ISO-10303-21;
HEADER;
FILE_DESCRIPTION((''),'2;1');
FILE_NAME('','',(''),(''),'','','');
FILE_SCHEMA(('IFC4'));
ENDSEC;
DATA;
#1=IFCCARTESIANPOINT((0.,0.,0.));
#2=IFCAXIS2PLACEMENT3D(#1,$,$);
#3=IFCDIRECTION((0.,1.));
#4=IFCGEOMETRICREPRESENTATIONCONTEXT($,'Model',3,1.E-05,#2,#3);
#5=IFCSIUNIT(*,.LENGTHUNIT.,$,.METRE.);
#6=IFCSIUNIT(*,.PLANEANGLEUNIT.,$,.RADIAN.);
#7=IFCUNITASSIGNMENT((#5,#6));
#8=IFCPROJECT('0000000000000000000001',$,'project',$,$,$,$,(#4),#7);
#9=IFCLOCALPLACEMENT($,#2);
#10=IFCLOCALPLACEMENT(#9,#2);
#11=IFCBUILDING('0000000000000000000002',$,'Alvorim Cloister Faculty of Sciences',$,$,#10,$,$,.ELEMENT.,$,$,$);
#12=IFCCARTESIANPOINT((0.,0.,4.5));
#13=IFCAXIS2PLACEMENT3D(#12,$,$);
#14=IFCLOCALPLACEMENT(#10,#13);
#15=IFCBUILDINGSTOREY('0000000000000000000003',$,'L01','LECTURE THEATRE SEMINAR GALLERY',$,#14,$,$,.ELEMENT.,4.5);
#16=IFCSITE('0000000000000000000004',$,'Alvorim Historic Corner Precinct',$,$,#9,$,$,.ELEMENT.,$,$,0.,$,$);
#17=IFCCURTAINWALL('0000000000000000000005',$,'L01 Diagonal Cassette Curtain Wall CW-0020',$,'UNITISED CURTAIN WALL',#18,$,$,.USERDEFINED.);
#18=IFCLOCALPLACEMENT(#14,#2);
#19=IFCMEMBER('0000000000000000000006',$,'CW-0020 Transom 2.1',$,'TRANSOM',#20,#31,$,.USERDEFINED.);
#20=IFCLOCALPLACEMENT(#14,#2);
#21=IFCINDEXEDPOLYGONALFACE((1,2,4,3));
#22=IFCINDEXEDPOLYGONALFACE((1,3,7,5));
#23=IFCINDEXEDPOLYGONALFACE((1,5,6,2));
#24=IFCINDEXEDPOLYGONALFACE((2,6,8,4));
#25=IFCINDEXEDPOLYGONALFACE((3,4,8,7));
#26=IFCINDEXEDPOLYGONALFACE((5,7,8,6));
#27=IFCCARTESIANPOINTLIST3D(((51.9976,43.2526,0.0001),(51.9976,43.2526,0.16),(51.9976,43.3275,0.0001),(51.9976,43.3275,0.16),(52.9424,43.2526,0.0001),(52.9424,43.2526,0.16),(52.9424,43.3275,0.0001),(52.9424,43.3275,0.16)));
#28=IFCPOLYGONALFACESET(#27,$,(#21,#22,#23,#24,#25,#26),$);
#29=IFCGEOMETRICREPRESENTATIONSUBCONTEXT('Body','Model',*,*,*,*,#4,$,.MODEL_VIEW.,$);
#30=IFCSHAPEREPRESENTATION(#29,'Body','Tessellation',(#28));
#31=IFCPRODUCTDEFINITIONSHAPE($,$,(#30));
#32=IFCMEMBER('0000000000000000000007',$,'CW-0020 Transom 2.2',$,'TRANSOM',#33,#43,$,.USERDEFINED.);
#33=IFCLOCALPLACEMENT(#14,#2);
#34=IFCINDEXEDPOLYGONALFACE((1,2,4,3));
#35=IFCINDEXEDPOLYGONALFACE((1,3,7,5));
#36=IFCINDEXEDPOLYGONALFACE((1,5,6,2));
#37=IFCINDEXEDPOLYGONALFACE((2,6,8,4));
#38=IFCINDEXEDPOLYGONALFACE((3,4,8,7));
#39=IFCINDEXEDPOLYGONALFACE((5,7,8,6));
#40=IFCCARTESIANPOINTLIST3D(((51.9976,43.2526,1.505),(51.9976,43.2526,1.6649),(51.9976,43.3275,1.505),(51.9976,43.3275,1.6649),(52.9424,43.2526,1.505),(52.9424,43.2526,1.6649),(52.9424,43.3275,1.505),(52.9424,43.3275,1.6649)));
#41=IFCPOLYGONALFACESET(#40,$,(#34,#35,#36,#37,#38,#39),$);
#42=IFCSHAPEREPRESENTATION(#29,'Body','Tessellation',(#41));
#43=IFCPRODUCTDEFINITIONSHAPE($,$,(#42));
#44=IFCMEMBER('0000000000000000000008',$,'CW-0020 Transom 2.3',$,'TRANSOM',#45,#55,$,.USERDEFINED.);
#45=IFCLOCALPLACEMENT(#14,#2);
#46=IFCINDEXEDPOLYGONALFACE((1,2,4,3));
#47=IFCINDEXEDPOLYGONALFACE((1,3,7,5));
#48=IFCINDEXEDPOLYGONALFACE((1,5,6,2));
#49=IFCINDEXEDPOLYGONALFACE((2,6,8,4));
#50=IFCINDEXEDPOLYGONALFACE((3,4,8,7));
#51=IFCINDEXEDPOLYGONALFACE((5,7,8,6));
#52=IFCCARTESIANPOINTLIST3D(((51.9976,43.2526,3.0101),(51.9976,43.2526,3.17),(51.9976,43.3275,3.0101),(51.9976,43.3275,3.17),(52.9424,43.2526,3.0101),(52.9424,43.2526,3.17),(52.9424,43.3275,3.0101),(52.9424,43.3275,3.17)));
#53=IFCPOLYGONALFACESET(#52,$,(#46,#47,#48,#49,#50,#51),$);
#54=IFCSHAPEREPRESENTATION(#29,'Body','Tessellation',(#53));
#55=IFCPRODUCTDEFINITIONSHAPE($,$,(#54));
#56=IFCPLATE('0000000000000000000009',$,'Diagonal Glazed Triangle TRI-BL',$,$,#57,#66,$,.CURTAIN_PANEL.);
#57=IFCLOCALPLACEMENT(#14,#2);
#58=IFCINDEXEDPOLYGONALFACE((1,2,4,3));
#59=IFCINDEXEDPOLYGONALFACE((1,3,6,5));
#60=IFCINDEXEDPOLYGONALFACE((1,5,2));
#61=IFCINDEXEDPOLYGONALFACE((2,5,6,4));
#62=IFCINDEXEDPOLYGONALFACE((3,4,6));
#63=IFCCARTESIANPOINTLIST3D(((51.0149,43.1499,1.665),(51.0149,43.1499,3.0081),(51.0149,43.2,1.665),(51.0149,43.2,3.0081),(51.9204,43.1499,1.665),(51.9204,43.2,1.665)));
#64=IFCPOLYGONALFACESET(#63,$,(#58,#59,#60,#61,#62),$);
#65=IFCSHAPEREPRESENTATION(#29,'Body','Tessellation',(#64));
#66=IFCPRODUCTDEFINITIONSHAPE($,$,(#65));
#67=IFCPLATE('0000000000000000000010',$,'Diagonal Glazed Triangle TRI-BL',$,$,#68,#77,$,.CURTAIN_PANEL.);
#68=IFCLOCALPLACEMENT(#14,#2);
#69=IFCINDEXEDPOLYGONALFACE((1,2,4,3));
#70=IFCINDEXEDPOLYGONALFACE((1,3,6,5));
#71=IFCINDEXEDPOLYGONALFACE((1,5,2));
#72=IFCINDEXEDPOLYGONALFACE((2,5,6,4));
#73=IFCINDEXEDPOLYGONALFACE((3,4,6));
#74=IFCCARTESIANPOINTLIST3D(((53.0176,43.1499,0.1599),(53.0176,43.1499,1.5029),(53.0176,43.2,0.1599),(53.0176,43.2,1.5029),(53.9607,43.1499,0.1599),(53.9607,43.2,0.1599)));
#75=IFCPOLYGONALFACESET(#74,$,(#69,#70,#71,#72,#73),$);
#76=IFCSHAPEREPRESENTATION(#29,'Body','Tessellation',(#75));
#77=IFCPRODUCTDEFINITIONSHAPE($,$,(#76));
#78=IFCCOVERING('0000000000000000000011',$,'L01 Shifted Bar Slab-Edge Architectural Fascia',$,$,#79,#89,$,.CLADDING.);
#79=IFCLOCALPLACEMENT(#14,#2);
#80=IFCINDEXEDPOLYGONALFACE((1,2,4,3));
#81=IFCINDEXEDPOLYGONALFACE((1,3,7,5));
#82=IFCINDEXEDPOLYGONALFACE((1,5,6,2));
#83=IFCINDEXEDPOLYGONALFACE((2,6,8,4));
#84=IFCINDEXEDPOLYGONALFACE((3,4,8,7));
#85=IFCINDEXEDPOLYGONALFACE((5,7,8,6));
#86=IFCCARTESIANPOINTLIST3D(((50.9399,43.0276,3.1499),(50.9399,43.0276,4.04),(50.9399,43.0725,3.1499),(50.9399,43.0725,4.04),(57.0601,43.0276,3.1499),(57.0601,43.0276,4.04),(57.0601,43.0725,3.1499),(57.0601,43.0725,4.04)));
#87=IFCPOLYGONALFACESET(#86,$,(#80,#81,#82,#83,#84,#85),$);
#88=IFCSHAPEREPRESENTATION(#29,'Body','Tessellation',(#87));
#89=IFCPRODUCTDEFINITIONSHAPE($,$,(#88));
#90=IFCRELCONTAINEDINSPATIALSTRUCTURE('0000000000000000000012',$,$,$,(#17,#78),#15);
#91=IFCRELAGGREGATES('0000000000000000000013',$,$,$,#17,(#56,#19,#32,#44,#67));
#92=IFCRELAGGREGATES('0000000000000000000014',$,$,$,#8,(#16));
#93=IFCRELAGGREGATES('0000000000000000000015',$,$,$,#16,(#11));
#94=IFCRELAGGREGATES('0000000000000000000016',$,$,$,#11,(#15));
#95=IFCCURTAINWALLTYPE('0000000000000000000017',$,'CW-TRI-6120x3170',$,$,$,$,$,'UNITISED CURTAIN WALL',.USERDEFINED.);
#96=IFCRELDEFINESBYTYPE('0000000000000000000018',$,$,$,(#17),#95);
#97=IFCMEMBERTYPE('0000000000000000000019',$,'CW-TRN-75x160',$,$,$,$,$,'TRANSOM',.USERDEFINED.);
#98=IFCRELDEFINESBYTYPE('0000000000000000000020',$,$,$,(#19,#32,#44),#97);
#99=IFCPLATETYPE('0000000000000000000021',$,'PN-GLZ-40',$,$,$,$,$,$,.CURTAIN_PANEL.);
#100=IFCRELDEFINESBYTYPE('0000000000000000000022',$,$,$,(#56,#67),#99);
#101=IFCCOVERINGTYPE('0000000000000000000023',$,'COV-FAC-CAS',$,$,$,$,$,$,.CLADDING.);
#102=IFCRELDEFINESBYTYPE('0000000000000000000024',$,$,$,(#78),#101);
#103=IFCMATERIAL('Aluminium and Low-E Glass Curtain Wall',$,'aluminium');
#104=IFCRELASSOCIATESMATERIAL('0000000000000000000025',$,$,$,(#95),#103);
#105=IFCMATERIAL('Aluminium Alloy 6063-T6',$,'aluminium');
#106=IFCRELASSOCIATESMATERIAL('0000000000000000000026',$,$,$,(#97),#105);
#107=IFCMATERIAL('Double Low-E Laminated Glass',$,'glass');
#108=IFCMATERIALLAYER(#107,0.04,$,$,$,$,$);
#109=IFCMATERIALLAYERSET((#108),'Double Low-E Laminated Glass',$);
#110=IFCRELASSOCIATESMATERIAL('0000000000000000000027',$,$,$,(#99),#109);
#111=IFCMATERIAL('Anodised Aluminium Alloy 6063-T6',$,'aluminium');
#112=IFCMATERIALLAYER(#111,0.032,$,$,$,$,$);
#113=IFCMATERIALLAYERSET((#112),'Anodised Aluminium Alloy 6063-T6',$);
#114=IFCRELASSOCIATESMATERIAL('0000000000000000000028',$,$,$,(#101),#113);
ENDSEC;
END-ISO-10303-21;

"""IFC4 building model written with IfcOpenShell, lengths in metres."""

from ifc_helpers import new_model, si_unit, direction, frame, origin, origin_2d, place, context, subcontext, project, spatial, polyline, rectangle, outline, extrude, material, layer, layer_set, material_profile, profile_set, type_object, element, aggregate, save


model = new_model("IFC4")

# Units and contexts
model_context = context("Model", 3, precision=1e-05, world=origin(), true_north=direction((0.0, 1.0)))
body_context = subcontext(model_context, "Body", "Model", "MODEL_VIEW")
ifc_project = project(units=[si_unit("LENGTHUNIT", "METRE"), si_unit("PLANEANGLEUNIT", "RADIAN")], contexts=[model_context])

# Site, building, storey
site_placement = place(None, origin())
site = spatial("IfcSite", under=ifc_project, at=site_placement, Name="Alvorim Historic Corner Precinct", CompositionType="ELEMENT", RefElevation=0.0)
building_placement = place(site_placement, origin())
building = spatial("IfcBuilding", under=site, at=building_placement, Name="Alvorim Cloister Faculty of Sciences", CompositionType="ELEMENT")
storey_placement = place(building_placement, frame((0.0, 0.0, 4.5)))
storey = spatial("IfcBuildingStorey", under=building, at=storey_placement, Name="L01", Description="LECTURE THEATRE SEMINAR GALLERY", CompositionType="ELEMENT", Elevation=4.5)

# Curtain wall, members, plates
ifc_material_1 = material(Name="Aluminium and Low-E Glass Curtain Wall", Category="aluminium")
curtain_wall_type = type_object("IfcCurtainWallType", Name="CW-TRI-6120x3170", ElementType="UNITISED CURTAIN WALL", PredefinedType="USERDEFINED", material=ifc_material_1)
curtain_wall_placement = place(storey_placement, origin())
curtain_wall = element("IfcCurtainWall", 1, at=curtain_wall_placement, inside=storey, type_object=curtain_wall_type, Name="L01 Diagonal Cassette Curtain Wall CW-0020", ObjectType="UNITISED CURTAIN WALL", PredefinedType="USERDEFINED")
ifc_material_2 = material(Name="Aluminium Alloy 6063-T6", Category="aluminium")
ifc_material_profile_1 = material_profile(ifc_material_2, rectangle(XDim=0.075, YDim=0.1599, at=origin_2d()), Name="ALU-TRN-75x160")
ifc_profile_set_1 = profile_set([ifc_material_profile_1], Name="Aluminium Alloy 6063-T6")
member_type_1 = type_object("IfcMemberType", Name="CW-TRN-75x160", ElementType="TRANSOM", PredefinedType="USERDEFINED", material=ifc_profile_set_1)
member_1_placement = place(storey_placement, frame((51.9976, 43.29, 0.0801), z_axis=(1.0, 0.0, 0.0), x_axis=(0.0, 1.0, 0.0)))
member_1 = element("IfcMember", 2, at=member_1_placement, type_object=member_type_1, Name="CW-0020 Transom 2.1", ObjectType="TRANSOM", PredefinedType="USERDEFINED", context=body_context, shape_type="SweptSolid", body=[
    extrude(rectangle(XDim=0.075, YDim=0.1599, at=origin_2d()), origin(), (0.0, 0.0, 1.0), 0.9448),
])
member_2_placement = place(storey_placement, frame((51.9976, 43.29, 1.585), z_axis=(1.0, 0.0, 0.0), x_axis=(0.0, 1.0, 0.0)))
member_2 = element("IfcMember", 3, at=member_2_placement, type_object=member_type_1, Name="CW-0020 Transom 2.2", ObjectType="TRANSOM", PredefinedType="USERDEFINED", context=body_context, shape_type="SweptSolid", body=[
    extrude(rectangle(XDim=0.075, YDim=0.1599, at=origin_2d()), origin(), (0.0, 0.0, 1.0), 0.9448),
])
member_3_placement = place(storey_placement, frame((51.9976, 43.29, 3.0901), z_axis=(1.0, 0.0, 0.0), x_axis=(0.0, 1.0, 0.0)))
member_3 = element("IfcMember", 4, at=member_3_placement, type_object=member_type_1, Name="CW-0020 Transom 2.3", ObjectType="TRANSOM", PredefinedType="USERDEFINED", context=body_context, shape_type="SweptSolid", body=[
    extrude(rectangle(XDim=0.075, YDim=0.1599, at=origin_2d()), origin(), (0.0, 0.0, 1.0), 0.9448),
])
ifc_material_3 = material(Name="Double Low-E Laminated Glass", Category="glass")
ifc_layer_1 = layer(ifc_material_3, 0.04)
ifc_layer_set_1 = layer_set([ifc_layer_1], Name="Double Low-E Laminated Glass")
plate_type = type_object("IfcPlateType", Name="PN-GLZ-40", PredefinedType="CURTAIN_PANEL", material=ifc_layer_set_1)
plate_1_placement = place(storey_placement, frame((51.0149, 43.175, 1.665), z_axis=(0.0, 0.0, 1.0), x_axis=(1.0, 0.0, 0.0)))
plate_1 = element("IfcPlate", 5, at=plate_1_placement, type_object=plate_type, Name="Diagonal Glazed Triangle TRI-BL", PredefinedType="CURTAIN_PANEL", context=body_context, shape_type="SweptSolid", body=[
    extrude(outline(polyline([(0.0, 0.0), (0.9055, 0.0), (0.0, 1.343), (0.0, 0.0)])), frame((0.0, 0.0249, 0.0), z_axis=(0.0, -1.0, 0.0), x_axis=(1.0, 0.0, 0.0)), (0.0, 0.0, 1.0), 0.05),
])
plate_2_placement = place(storey_placement, frame((53.0176, 43.175, 0.1599), z_axis=(0.0, 0.0, 1.0), x_axis=(1.0, 0.0, 0.0)))
plate_2 = element("IfcPlate", 6, at=plate_2_placement, type_object=plate_type, Name="Diagonal Glazed Triangle TRI-BL", PredefinedType="CURTAIN_PANEL", context=body_context, shape_type="SweptSolid", body=[
    extrude(outline(polyline([(0.0, 0.0), (0.9431, 0.0), (0.0, 1.343), (0.0, 0.0)])), frame((0.0, 0.0249, 0.0), z_axis=(0.0, -1.0, 0.0), x_axis=(1.0, 0.0, 0.0)), (0.0, 0.0, 1.0), 0.05),
])
aggregate(curtain_wall, [plate_1, member_1, member_2, member_3, plate_2])

# Covering
ifc_material_4 = material(Name="Anodised Aluminium Alloy 6063-T6", Category="aluminium")
ifc_layer_2 = layer(ifc_material_4, 0.032)
ifc_layer_set_2 = layer_set([ifc_layer_2], Name="Anodised Aluminium Alloy 6063-T6")
covering_type = type_object("IfcCoveringType", Name="COV-FAC-CAS", PredefinedType="CLADDING", material=ifc_layer_set_2)
covering_placement = place(storey_placement, frame((50.9399, 43.05, 3.1499), z_axis=(0.0, 0.0, 1.0), x_axis=(1.0, 0.0, 0.0)))
element("IfcCovering", 7, at=covering_placement, inside=storey, type_object=covering_type, Name="L01 Shifted Bar Slab-Edge Architectural Fascia", PredefinedType="CLADDING", context=body_context, shape_type="SweptSolid", body=[
    extrude(outline(polyline([(0.0, 0.0), (6.1201, 0.0), (6.1201, 0.8901), (0.0, 0.8901), (0.0, 0.0)])), frame((0.0, 0.0225, 0.0), z_axis=(0.0, -1.0, 0.0), x_axis=(1.0, 0.0, 0.0)), (0.0, 0.0, 1.0), 0.0449),
])

save(model, "model.ifc")
